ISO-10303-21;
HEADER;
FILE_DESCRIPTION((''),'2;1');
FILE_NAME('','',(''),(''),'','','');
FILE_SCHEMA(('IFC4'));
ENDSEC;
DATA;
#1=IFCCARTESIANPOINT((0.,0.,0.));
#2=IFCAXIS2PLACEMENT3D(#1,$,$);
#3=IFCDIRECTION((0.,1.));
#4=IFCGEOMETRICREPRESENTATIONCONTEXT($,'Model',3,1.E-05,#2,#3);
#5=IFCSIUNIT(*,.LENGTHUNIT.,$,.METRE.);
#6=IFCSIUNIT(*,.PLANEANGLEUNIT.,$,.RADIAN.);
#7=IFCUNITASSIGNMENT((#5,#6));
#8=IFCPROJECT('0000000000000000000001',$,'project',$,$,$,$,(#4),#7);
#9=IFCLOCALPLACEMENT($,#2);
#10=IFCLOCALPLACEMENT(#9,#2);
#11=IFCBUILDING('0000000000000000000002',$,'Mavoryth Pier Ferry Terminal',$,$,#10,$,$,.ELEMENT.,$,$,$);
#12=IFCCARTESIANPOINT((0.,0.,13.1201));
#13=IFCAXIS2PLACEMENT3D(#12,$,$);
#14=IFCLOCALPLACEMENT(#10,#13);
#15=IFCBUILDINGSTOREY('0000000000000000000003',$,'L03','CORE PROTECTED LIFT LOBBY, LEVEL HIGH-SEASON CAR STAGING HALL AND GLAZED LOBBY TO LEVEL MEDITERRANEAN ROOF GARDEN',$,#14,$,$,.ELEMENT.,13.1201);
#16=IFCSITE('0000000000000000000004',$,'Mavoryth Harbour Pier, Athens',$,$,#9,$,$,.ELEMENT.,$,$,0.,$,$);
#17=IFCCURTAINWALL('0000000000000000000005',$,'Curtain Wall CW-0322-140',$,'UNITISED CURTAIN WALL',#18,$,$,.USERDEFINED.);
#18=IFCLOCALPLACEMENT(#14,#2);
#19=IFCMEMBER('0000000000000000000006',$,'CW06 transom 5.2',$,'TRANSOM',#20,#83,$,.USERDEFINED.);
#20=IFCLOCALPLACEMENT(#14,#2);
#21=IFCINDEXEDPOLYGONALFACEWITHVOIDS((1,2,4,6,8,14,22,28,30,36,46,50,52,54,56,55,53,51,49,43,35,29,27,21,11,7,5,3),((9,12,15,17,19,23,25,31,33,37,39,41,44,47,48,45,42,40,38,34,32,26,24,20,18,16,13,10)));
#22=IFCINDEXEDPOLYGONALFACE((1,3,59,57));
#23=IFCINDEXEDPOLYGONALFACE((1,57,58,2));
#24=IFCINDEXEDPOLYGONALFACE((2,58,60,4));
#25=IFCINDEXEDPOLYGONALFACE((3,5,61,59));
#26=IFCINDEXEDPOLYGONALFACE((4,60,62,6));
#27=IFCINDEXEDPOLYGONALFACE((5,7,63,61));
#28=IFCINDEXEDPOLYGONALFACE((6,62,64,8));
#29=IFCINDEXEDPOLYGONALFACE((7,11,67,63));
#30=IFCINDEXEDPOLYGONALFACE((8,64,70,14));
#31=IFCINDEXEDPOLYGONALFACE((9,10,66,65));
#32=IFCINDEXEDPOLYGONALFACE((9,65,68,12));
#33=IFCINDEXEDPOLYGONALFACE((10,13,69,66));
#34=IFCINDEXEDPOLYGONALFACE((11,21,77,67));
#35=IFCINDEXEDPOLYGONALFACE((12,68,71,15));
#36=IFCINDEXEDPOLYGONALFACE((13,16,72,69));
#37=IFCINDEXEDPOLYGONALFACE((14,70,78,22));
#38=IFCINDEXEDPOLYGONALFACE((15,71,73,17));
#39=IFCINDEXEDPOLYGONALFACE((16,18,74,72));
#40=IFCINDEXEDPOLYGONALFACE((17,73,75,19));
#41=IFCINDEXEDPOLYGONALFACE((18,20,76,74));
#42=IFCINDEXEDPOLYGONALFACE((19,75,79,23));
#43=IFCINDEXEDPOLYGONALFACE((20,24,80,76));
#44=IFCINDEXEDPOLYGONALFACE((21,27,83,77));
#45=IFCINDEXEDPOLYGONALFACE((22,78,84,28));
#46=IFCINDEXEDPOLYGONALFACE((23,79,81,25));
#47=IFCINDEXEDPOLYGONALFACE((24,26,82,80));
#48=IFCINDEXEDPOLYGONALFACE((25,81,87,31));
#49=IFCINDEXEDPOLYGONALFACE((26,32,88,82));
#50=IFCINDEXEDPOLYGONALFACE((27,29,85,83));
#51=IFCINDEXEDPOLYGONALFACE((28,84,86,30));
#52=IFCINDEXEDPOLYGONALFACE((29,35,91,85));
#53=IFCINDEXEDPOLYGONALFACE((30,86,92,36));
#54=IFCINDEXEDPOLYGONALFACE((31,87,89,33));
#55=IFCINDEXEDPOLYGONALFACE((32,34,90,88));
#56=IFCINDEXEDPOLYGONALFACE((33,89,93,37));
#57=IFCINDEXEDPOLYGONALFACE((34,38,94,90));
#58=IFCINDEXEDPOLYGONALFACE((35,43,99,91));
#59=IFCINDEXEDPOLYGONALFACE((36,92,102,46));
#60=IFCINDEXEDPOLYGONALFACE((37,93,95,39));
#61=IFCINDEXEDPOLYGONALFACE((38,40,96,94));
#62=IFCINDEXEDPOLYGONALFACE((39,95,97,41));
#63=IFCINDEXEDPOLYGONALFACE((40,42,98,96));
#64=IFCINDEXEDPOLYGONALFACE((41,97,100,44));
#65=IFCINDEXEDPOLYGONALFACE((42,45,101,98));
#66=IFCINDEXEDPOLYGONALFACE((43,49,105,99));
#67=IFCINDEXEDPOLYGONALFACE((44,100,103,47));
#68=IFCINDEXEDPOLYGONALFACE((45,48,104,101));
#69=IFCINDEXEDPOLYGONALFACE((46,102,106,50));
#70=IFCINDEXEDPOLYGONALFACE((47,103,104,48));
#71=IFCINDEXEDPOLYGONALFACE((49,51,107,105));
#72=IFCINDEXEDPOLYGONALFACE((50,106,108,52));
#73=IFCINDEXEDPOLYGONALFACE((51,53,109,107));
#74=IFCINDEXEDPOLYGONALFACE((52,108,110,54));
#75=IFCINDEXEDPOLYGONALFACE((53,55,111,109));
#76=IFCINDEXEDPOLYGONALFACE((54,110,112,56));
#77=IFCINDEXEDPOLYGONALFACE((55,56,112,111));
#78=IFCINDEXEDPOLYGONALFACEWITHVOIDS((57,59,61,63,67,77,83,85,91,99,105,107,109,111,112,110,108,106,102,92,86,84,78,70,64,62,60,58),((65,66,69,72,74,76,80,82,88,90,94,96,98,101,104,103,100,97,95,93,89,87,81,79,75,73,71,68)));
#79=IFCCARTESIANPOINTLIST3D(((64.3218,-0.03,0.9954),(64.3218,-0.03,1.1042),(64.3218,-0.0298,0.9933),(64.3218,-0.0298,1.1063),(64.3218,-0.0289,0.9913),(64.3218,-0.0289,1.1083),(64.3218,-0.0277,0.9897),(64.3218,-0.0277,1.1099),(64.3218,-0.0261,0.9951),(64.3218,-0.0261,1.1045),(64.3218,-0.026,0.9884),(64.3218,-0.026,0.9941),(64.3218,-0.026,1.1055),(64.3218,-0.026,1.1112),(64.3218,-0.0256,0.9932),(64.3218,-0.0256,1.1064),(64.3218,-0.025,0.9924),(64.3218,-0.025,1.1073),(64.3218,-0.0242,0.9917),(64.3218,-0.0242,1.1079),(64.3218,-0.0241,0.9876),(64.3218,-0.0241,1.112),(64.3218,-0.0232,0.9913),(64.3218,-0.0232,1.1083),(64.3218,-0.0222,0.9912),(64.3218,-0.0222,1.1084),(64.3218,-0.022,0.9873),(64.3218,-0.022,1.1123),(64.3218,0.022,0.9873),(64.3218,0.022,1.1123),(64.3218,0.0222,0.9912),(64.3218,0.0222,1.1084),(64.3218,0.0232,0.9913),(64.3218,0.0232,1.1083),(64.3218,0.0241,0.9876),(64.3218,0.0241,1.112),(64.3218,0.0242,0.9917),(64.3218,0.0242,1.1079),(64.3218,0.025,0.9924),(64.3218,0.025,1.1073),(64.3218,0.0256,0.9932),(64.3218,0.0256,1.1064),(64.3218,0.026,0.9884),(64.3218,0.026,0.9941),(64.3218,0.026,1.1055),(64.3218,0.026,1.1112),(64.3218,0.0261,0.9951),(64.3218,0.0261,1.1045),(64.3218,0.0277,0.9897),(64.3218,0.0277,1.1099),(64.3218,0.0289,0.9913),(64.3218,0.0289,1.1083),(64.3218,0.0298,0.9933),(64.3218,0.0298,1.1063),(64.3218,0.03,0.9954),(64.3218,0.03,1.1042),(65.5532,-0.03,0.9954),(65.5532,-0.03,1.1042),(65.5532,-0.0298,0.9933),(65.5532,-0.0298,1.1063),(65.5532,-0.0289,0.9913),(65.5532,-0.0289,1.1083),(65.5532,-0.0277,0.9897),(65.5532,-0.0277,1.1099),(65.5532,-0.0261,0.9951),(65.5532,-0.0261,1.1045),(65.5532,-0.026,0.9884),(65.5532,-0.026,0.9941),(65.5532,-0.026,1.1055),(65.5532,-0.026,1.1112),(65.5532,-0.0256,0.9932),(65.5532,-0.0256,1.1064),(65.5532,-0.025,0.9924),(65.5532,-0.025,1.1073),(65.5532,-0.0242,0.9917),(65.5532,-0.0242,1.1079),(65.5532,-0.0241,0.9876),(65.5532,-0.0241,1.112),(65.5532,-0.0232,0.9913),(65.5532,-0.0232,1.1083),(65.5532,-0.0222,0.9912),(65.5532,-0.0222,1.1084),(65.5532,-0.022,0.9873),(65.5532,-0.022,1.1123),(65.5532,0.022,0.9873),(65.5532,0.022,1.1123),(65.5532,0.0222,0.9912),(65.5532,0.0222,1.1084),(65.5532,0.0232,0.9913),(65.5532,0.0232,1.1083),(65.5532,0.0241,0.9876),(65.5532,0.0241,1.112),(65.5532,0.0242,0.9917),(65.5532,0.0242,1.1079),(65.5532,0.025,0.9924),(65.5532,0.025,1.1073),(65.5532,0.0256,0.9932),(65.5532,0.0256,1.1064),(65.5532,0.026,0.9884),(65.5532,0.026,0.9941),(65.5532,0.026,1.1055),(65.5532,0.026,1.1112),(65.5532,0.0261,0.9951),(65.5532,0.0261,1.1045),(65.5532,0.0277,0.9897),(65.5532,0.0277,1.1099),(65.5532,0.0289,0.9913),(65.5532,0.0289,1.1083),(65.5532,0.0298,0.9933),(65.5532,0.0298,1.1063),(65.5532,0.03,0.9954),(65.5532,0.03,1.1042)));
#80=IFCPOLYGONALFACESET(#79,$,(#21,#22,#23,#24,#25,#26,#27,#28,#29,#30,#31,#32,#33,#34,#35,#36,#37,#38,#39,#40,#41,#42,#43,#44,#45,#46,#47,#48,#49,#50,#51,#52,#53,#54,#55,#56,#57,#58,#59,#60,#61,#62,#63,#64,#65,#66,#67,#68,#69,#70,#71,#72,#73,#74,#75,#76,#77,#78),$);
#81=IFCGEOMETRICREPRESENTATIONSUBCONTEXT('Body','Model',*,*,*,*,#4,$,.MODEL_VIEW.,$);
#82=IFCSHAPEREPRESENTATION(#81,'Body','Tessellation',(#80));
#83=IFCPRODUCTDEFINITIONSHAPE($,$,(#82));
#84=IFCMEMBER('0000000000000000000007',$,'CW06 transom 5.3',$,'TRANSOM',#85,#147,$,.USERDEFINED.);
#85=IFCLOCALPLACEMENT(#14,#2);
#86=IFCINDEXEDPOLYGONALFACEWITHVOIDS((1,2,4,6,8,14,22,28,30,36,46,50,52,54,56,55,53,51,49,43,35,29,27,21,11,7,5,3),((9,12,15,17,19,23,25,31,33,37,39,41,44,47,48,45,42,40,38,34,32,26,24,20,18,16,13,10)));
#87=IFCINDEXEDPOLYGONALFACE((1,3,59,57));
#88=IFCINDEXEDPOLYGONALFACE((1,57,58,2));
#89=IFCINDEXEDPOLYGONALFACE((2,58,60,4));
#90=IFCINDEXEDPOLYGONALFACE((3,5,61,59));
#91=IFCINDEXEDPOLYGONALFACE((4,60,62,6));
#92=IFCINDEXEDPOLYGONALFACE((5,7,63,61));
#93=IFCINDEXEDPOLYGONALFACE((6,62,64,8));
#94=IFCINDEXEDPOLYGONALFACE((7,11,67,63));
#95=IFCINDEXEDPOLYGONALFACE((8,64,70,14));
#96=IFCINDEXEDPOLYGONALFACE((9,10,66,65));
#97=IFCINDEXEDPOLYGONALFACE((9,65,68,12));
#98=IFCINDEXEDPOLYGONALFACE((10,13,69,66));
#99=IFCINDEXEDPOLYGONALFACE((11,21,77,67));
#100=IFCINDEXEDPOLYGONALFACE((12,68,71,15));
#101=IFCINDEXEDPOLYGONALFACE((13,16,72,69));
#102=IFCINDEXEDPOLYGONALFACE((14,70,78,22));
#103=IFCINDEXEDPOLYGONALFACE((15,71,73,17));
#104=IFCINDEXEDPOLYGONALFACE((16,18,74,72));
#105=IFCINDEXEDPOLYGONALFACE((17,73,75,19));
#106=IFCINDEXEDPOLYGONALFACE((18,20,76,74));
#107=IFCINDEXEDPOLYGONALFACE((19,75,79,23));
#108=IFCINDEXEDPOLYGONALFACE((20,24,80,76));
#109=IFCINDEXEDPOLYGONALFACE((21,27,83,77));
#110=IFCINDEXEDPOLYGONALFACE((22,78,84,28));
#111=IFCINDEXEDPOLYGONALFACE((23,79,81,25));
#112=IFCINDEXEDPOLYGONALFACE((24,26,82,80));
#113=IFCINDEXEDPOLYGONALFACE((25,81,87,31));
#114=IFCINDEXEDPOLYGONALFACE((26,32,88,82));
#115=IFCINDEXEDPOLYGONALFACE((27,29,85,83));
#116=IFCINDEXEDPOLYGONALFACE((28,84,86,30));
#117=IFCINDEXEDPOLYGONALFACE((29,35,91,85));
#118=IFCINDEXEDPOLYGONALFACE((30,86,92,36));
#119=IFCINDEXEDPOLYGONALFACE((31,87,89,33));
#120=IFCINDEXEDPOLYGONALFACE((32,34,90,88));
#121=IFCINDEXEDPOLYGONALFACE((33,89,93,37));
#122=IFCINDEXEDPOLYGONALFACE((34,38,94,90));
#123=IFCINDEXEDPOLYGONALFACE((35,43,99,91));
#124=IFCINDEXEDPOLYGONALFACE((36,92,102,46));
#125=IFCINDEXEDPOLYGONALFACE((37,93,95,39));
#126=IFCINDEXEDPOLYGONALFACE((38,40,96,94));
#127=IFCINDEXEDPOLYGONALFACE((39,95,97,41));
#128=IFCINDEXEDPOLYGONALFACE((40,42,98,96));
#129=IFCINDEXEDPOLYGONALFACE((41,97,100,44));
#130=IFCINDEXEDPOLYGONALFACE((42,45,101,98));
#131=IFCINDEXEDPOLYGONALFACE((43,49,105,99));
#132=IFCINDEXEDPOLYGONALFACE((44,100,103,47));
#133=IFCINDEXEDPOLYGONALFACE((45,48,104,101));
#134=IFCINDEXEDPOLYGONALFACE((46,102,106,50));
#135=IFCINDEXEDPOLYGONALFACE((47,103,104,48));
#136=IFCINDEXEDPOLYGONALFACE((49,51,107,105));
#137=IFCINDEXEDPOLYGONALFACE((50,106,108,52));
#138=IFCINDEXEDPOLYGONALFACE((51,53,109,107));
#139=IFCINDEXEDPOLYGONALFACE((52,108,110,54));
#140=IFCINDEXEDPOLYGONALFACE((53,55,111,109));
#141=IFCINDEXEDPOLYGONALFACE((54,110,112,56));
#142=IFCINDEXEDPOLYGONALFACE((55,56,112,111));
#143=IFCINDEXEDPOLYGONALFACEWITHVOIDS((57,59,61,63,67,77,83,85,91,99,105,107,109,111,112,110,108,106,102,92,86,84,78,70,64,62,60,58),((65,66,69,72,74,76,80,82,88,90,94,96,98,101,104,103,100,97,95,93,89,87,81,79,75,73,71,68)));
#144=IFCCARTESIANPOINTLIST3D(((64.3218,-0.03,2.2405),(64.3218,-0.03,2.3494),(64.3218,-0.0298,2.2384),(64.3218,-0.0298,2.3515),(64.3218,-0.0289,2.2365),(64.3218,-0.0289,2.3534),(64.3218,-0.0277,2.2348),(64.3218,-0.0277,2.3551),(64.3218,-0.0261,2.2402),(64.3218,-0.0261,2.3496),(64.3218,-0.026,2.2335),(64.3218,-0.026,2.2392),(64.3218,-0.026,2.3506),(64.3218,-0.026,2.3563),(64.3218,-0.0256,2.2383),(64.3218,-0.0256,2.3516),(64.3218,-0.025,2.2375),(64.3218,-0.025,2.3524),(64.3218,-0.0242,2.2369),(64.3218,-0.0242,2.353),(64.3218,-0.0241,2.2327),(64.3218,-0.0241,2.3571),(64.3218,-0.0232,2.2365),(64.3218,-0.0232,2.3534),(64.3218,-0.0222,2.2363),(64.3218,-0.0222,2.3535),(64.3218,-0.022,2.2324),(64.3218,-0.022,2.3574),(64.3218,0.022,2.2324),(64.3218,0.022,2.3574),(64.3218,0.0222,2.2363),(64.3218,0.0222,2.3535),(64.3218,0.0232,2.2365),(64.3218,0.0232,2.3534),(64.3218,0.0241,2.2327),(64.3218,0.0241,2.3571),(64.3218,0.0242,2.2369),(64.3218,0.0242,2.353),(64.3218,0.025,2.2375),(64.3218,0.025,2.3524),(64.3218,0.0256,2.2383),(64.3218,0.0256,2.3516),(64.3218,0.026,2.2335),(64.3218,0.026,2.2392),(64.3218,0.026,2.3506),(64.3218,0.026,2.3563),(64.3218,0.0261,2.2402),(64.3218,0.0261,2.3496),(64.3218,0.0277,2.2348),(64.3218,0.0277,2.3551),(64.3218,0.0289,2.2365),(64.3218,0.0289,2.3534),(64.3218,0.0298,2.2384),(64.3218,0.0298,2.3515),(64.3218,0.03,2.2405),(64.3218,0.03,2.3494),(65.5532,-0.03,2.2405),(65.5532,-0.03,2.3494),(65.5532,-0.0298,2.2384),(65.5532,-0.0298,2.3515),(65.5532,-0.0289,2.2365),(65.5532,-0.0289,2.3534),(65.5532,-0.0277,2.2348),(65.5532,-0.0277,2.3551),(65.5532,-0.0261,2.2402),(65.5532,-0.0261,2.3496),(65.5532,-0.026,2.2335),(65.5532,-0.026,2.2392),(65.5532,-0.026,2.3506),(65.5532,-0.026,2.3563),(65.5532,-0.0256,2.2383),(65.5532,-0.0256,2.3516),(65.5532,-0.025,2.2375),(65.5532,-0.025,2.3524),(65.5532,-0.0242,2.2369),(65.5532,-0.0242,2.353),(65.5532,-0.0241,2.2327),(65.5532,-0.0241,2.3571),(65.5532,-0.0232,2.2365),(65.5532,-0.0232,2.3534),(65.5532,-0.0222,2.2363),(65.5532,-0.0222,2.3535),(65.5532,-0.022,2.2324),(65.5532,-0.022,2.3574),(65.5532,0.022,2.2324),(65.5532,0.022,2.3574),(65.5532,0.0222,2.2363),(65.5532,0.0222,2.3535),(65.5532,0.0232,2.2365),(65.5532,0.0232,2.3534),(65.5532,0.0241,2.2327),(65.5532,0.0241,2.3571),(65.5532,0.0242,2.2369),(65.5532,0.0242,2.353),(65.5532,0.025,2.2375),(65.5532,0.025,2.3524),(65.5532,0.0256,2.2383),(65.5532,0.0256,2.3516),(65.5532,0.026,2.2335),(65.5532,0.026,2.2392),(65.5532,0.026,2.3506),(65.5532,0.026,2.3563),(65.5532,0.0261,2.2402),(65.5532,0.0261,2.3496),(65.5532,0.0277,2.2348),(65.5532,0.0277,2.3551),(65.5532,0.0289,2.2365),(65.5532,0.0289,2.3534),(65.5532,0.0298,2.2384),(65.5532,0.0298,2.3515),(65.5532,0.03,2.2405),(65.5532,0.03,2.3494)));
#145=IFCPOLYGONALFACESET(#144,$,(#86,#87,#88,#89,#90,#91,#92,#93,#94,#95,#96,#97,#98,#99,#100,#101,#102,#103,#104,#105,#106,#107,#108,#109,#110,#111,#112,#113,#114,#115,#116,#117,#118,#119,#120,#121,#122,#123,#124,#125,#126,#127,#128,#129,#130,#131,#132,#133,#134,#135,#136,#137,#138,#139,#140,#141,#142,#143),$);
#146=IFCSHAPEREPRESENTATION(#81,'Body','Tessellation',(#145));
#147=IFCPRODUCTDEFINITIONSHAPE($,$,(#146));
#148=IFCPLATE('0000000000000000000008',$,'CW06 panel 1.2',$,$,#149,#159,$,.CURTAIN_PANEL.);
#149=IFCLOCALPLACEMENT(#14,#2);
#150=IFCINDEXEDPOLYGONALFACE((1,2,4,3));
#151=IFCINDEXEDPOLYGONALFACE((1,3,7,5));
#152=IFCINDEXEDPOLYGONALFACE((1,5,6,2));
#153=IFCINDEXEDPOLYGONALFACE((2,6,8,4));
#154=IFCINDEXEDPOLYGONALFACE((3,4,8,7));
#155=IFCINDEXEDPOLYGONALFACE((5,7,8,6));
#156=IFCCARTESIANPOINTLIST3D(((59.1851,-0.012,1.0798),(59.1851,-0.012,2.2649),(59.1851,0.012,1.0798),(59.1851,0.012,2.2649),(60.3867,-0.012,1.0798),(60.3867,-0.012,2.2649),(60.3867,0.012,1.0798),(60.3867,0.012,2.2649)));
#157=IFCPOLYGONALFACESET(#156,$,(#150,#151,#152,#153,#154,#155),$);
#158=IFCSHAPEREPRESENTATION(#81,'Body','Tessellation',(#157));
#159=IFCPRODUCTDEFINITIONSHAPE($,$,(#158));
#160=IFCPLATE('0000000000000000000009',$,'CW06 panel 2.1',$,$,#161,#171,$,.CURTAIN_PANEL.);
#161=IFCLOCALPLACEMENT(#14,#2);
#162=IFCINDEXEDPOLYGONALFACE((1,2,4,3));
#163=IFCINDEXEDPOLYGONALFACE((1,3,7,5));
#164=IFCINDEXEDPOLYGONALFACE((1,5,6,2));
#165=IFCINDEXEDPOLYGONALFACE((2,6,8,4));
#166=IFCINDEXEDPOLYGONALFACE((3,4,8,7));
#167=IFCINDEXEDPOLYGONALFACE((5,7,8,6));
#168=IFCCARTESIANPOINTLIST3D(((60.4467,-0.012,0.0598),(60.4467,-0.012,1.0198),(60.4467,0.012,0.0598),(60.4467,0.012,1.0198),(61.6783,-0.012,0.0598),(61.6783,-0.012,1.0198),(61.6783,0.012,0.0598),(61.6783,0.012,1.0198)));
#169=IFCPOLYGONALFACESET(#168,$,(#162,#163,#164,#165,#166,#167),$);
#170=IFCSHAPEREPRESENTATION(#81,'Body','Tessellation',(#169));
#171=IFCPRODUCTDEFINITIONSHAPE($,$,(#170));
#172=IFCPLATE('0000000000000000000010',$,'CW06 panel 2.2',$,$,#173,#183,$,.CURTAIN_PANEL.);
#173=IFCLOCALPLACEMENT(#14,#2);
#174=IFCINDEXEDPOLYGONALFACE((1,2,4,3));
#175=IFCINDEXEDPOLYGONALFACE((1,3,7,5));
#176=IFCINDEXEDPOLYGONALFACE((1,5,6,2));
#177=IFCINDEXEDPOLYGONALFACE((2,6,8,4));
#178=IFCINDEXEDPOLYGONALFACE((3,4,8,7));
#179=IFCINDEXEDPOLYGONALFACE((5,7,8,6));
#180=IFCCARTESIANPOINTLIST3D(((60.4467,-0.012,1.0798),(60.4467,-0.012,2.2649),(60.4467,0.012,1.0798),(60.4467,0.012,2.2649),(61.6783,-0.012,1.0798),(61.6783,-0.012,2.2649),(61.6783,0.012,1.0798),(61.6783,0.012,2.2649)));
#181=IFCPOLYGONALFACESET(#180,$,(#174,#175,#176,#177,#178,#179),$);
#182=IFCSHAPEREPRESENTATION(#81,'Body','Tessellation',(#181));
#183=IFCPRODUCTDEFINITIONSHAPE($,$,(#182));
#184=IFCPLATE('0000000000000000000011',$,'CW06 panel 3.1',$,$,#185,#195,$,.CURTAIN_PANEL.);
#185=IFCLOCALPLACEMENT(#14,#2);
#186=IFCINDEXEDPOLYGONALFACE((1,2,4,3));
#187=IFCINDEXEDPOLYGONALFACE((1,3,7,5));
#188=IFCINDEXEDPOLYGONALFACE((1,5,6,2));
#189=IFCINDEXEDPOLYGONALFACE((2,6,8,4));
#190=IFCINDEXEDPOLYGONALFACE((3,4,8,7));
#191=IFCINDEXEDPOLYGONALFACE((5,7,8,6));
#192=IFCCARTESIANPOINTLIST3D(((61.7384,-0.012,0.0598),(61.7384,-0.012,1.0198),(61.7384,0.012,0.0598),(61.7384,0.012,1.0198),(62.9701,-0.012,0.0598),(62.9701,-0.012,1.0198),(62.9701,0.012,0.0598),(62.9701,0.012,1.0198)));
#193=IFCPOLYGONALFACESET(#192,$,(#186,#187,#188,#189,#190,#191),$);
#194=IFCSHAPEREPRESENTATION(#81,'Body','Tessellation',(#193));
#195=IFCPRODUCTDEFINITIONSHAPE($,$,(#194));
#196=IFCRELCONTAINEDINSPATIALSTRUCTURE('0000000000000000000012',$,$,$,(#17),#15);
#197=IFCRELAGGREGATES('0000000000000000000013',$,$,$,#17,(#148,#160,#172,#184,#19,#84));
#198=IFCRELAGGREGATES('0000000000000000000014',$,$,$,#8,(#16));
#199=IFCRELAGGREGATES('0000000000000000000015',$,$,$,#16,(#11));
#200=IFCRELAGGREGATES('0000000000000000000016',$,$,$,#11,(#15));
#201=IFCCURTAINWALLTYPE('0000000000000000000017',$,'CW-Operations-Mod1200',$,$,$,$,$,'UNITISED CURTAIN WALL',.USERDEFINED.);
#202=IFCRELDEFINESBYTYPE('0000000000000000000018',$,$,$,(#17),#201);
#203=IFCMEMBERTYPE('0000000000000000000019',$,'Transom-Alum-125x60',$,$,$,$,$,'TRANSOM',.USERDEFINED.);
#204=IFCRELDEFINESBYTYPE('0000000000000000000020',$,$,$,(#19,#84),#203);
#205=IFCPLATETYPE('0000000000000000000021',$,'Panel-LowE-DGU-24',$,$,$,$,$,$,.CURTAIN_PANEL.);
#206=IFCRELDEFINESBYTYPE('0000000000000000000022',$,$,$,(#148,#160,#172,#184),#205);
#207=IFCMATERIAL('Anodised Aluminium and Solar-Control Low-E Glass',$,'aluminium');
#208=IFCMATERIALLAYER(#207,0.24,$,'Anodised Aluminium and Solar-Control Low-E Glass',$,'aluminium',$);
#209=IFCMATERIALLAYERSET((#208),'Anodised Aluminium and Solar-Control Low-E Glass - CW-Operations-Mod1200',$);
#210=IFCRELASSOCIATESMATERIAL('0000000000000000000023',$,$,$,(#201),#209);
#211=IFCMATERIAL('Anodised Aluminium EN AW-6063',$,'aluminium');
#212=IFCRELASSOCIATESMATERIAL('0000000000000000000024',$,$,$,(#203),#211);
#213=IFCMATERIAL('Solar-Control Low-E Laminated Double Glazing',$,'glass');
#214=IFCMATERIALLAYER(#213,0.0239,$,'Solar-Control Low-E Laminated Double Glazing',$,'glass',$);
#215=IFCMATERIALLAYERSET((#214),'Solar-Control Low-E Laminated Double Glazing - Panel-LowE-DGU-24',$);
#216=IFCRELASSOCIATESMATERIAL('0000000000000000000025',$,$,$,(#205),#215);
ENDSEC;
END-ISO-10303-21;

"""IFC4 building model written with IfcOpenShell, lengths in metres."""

from ifc_helpers import new_model, si_unit, direction, frame, origin, origin_2d, place, context, subcontext, project, spatial, rectangle, hollow_rectangle, extrude, material, layer, layer_set, material_profile, profile_set, type_object, element, aggregate, save


model = new_model("IFC4")

# Units and contexts
model_context = context("Model", 3, precision=1e-05, world=origin(), true_north=direction((0.0, 1.0)))
body_context = subcontext(model_context, "Body", "Model", "MODEL_VIEW")
ifc_project = project(units=[si_unit("LENGTHUNIT", "METRE"), si_unit("PLANEANGLEUNIT", "RADIAN")], contexts=[model_context])

# Site, building, storey
site_placement = place(None, origin())
site = spatial("IfcSite", under=ifc_project, at=site_placement, Name="Mavoryth Harbour Pier, Athens", CompositionType="ELEMENT", RefElevation=0.0)
building_placement = place(site_placement, origin())
building = spatial("IfcBuilding", under=site, at=building_placement, Name="Mavoryth Pier Ferry Terminal", CompositionType="ELEMENT")
storey_placement = place(building_placement, frame((0.0, 0.0, 13.1201)))
storey = spatial("IfcBuildingStorey", under=building, at=storey_placement, Name="L03", Description="CORE PROTECTED LIFT LOBBY, LEVEL HIGH-SEASON CAR STAGING HALL AND GLAZED LOBBY TO LEVEL MEDITERRANEAN ROOF GARDEN", CompositionType="ELEMENT", Elevation=13.1201)

# Curtain wall, members, plates
ifc_material_1 = material(Name="Anodised Aluminium and Solar-Control Low-E Glass", Category="aluminium")
ifc_layer_1 = layer(ifc_material_1, 0.24, Name="Anodised Aluminium and Solar-Control Low-E Glass", Category="aluminium")
ifc_layer_set_1 = layer_set([ifc_layer_1], Name="Anodised Aluminium and Solar-Control Low-E Glass - CW-Operations-Mod1200")
curtain_wall_type = type_object("IfcCurtainWallType", Name="CW-Operations-Mod1200", ElementType="UNITISED CURTAIN WALL", PredefinedType="USERDEFINED", material=ifc_layer_set_1)
curtain_wall_placement = place(storey_placement, origin())
curtain_wall = element("IfcCurtainWall", 1, at=curtain_wall_placement, inside=storey, type_object=curtain_wall_type, Name="Curtain Wall CW-0322-140", ObjectType="UNITISED CURTAIN WALL", PredefinedType="USERDEFINED")
ifc_material_2 = material(Name="Anodised Aluminium EN AW-6063", Category="aluminium")
ifc_material_profile_1 = material_profile(ifc_material_2, hollow_rectangle(XDim=0.0601, YDim=0.125, WallThickness=0.0039, InnerFilletRadius=0.0039, OuterFilletRadius=0.0081, at=origin_2d()), Name="AL-TRAN 125x60x4", Category="aluminium")
ifc_profile_set_1 = profile_set([ifc_material_profile_1], Name="Anodised Aluminium EN AW-6063 - AL-TRAN 125x60x4")
member_type_1 = type_object("IfcMemberType", Name="Transom-Alum-125x60", ElementType="TRANSOM", PredefinedType="USERDEFINED", material=ifc_profile_set_1)
member_1_placement = place(storey_placement, frame((64.3218, 0.0, 1.0498), z_axis=(1.0, 0.0, 0.0), x_axis=(0.0, 1.0, 0.0)))
member_1 = element("IfcMember", 2, at=member_1_placement, type_object=member_type_1, Name="CW06 transom 5.2", ObjectType="TRANSOM", PredefinedType="USERDEFINED", context=body_context, shape_type="SweptSolid", body=[
    extrude(hollow_rectangle(XDim=0.0601, YDim=0.125, WallThickness=0.0039, InnerFilletRadius=0.0039, OuterFilletRadius=0.0081, at=origin_2d()), origin(), (0.0, 0.0, 1.0), 1.2314),
])
member_2_placement = place(storey_placement, frame((64.3218, 0.0, 2.2949), z_axis=(1.0, 0.0, 0.0), x_axis=(0.0, 1.0, 0.0)))
member_2 = element("IfcMember", 3, at=member_2_placement, type_object=member_type_1, Name="CW06 transom 5.3", ObjectType="TRANSOM", PredefinedType="USERDEFINED", context=body_context, shape_type="SweptSolid", body=[
    extrude(hollow_rectangle(XDim=0.0601, YDim=0.125, WallThickness=0.0039, InnerFilletRadius=0.0039, OuterFilletRadius=0.0081, at=origin_2d()), origin(), (0.0, 0.0, 1.0), 1.2314),
])
ifc_material_3 = material(Name="Solar-Control Low-E Laminated Double Glazing", Category="glass")
ifc_layer_2 = layer(ifc_material_3, 0.0239, Name="Solar-Control Low-E Laminated Double Glazing", Category="glass")
ifc_layer_set_2 = layer_set([ifc_layer_2], Name="Solar-Control Low-E Laminated Double Glazing - Panel-LowE-DGU-24")
plate_type = type_object("IfcPlateType", Name="Panel-LowE-DGU-24", PredefinedType="CURTAIN_PANEL", material=ifc_layer_set_2)
plate_1_placement = place(storey_placement, frame((59.7859, 0.0, 1.0798), z_axis=(0.0, 0.0, 1.0), x_axis=(1.0, 0.0, 0.0)))
plate_1 = element("IfcPlate", 4, at=plate_1_placement, type_object=plate_type, Name="CW06 panel 1.2", PredefinedType="CURTAIN_PANEL", context=body_context, shape_type="SweptSolid", body=[
    extrude(rectangle(XDim=1.2017, YDim=0.0239, at=origin_2d()), origin(), (0.0, 0.0, 1.0), 1.1851),
])
plate_2_placement = place(storey_placement, frame((61.0625, 0.0, 0.0598), z_axis=(0.0, 0.0, 1.0), x_axis=(1.0, 0.0, 0.0)))
plate_2 = element("IfcPlate", 5, at=plate_2_placement, type_object=plate_type, Name="CW06 panel 2.1", PredefinedType="CURTAIN_PANEL", context=body_context, shape_type="SweptSolid", body=[
    extrude(rectangle(XDim=1.2317, YDim=0.0239, at=origin_2d()), origin(), (0.0, 0.0, 1.0), 0.96),
])
plate_3_placement = place(storey_placement, frame((61.0625, 0.0, 1.0798), z_axis=(0.0, 0.0, 1.0), x_axis=(1.0, 0.0, 0.0)))
plate_3 = element("IfcPlate", 6, at=plate_3_placement, type_object=plate_type, Name="CW06 panel 2.2", PredefinedType="CURTAIN_PANEL", context=body_context, shape_type="SweptSolid", body=[
    extrude(rectangle(XDim=1.2317, YDim=0.0239, at=origin_2d()), origin(), (0.0, 0.0, 1.0), 1.1851),
])
plate_4_placement = place(storey_placement, frame((62.3542, 0.0, 0.0598), z_axis=(0.0, 0.0, 1.0), x_axis=(1.0, 0.0, 0.0)))
plate_4 = element("IfcPlate", 7, at=plate_4_placement, type_object=plate_type, Name="CW06 panel 3.1", PredefinedType="CURTAIN_PANEL", context=body_context, shape_type="SweptSolid", body=[
    extrude(rectangle(XDim=1.2317, YDim=0.0239, at=origin_2d()), origin(), (0.0, 0.0, 1.0), 0.96),
])
aggregate(curtain_wall, [plate_1, plate_2, plate_3, plate_4, member_1, member_2])

save(model, "model.ifc")
